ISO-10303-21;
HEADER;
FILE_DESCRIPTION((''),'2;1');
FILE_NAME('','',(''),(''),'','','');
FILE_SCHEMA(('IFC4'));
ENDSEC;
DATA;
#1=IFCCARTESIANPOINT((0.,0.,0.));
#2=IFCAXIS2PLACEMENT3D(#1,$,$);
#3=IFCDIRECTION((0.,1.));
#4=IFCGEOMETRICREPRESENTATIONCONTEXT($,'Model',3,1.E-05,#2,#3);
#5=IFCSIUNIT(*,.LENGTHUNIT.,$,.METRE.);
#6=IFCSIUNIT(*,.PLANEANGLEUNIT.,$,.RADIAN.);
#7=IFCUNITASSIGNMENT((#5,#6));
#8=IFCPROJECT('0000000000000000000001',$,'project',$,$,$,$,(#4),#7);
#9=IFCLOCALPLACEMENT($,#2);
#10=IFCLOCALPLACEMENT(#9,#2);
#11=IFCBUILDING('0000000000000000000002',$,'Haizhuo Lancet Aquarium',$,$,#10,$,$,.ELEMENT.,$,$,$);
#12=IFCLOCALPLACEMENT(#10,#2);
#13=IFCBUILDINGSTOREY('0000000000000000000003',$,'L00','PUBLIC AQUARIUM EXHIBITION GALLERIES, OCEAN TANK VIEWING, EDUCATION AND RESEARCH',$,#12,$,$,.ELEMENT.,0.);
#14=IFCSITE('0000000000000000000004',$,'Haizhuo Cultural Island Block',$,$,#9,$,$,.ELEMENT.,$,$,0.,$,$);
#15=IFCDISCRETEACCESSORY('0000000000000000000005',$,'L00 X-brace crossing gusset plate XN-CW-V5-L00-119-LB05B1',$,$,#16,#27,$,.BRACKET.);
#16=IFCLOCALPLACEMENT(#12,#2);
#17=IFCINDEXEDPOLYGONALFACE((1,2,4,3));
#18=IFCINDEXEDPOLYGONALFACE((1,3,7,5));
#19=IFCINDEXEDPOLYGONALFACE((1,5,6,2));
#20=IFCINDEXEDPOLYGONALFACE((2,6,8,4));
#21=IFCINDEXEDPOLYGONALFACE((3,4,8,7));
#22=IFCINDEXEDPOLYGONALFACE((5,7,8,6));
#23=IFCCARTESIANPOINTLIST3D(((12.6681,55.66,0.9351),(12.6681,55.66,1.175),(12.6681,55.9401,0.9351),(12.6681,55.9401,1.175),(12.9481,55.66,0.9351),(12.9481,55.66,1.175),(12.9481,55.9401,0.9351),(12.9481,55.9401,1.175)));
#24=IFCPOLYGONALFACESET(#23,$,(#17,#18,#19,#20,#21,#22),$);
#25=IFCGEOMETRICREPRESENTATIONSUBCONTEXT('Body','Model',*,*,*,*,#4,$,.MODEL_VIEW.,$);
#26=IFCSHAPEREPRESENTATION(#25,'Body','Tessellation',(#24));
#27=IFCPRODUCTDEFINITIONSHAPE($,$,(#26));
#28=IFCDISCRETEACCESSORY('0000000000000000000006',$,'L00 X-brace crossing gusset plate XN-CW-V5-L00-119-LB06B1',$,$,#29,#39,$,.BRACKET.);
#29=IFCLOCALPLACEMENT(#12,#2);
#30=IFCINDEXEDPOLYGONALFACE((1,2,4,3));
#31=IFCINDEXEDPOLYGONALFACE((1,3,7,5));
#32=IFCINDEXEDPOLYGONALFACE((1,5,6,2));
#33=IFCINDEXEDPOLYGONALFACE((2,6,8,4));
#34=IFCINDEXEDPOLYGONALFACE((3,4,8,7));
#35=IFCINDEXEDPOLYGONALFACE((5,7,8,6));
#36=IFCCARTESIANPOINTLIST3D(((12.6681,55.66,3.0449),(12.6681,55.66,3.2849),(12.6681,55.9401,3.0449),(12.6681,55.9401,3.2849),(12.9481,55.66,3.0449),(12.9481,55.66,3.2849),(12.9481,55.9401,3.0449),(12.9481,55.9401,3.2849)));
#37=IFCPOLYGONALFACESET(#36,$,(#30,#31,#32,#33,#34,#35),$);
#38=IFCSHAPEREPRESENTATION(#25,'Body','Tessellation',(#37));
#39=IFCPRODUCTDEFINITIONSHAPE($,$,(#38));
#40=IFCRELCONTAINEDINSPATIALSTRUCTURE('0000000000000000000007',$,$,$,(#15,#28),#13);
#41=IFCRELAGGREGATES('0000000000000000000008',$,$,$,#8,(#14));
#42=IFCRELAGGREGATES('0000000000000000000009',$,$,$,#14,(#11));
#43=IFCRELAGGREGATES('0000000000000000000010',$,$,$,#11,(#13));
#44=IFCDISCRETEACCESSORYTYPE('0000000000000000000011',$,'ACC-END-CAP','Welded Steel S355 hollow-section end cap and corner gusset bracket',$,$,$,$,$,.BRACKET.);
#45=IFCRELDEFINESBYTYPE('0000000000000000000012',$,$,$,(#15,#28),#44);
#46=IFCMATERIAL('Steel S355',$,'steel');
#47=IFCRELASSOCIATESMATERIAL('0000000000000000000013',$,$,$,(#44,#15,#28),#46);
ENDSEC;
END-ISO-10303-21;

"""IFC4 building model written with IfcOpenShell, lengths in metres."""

from ifc_helpers import new_model, si_unit, direction, frame, origin, origin_2d, place, context, subcontext, project, spatial, rectangle, extrude, material, type_object, element, save


model = new_model("IFC4")

# Units and contexts
model_context = context("Model", 3, precision=1e-05, world=origin(), true_north=direction((0.0, 1.0)))
body_context = subcontext(model_context, "Body", "Model", "MODEL_VIEW")
ifc_project = project(units=[si_unit("LENGTHUNIT", "METRE"), si_unit("PLANEANGLEUNIT", "RADIAN")], contexts=[model_context])

# Site, building, storey
site_placement = place(None, origin())
site = spatial("IfcSite", under=ifc_project, at=site_placement, Name="Haizhuo Cultural Island Block", CompositionType="ELEMENT", RefElevation=0.0)
building_placement = place(site_placement, origin())
building = spatial("IfcBuilding", under=site, at=building_placement, Name="Haizhuo Lancet Aquarium", CompositionType="ELEMENT")
storey_placement = place(building_placement, origin())
storey = spatial("IfcBuildingStorey", under=building, at=storey_placement, Name="L00", Description="PUBLIC AQUARIUM EXHIBITION GALLERIES, OCEAN TANK VIEWING, EDUCATION AND RESEARCH", CompositionType="ELEMENT", Elevation=0.0)

# Shared definitions
ifc_material_1 = material(Name="Steel S355", Category="steel")

# Discrete accessories
discrete_accessory_type = type_object("IfcDiscreteAccessoryType", Name="ACC-END-CAP", Description="Welded Steel S355 hollow-section end cap and corner gusset bracket", PredefinedType="BRACKET", material=ifc_material_1)
for number, where, z_axis, x_axis, name in (
    (1, (12.8081, 55.8, 0.9351), (0.0, 0.0, 1.0), (1.0, 0.0, 0.0), "L00 X-brace crossing gusset plate XN-CW-V5-L00-119-LB05B1"),
    (2, (12.8081, 55.8, 3.0449), (0.0, 0.0, 1.0), (1.0, 0.0, 0.0), "L00 X-brace crossing gusset plate XN-CW-V5-L00-119-LB06B1"),
):
    element("IfcDiscreteAccessory", number, at=place(storey_placement, frame(where, z_axis=z_axis, x_axis=x_axis)), inside=storey, type_object=discrete_accessory_type, material=ifc_material_1, Name=name, PredefinedType="BRACKET", context=body_context, shape_type="SweptSolid", body=[
        extrude(rectangle(XDim=0.28, YDim=0.28, at=origin_2d()), origin(), (0.0, 0.0, 1.0), 0.24),
    ])

save(model, "model.ifc")
